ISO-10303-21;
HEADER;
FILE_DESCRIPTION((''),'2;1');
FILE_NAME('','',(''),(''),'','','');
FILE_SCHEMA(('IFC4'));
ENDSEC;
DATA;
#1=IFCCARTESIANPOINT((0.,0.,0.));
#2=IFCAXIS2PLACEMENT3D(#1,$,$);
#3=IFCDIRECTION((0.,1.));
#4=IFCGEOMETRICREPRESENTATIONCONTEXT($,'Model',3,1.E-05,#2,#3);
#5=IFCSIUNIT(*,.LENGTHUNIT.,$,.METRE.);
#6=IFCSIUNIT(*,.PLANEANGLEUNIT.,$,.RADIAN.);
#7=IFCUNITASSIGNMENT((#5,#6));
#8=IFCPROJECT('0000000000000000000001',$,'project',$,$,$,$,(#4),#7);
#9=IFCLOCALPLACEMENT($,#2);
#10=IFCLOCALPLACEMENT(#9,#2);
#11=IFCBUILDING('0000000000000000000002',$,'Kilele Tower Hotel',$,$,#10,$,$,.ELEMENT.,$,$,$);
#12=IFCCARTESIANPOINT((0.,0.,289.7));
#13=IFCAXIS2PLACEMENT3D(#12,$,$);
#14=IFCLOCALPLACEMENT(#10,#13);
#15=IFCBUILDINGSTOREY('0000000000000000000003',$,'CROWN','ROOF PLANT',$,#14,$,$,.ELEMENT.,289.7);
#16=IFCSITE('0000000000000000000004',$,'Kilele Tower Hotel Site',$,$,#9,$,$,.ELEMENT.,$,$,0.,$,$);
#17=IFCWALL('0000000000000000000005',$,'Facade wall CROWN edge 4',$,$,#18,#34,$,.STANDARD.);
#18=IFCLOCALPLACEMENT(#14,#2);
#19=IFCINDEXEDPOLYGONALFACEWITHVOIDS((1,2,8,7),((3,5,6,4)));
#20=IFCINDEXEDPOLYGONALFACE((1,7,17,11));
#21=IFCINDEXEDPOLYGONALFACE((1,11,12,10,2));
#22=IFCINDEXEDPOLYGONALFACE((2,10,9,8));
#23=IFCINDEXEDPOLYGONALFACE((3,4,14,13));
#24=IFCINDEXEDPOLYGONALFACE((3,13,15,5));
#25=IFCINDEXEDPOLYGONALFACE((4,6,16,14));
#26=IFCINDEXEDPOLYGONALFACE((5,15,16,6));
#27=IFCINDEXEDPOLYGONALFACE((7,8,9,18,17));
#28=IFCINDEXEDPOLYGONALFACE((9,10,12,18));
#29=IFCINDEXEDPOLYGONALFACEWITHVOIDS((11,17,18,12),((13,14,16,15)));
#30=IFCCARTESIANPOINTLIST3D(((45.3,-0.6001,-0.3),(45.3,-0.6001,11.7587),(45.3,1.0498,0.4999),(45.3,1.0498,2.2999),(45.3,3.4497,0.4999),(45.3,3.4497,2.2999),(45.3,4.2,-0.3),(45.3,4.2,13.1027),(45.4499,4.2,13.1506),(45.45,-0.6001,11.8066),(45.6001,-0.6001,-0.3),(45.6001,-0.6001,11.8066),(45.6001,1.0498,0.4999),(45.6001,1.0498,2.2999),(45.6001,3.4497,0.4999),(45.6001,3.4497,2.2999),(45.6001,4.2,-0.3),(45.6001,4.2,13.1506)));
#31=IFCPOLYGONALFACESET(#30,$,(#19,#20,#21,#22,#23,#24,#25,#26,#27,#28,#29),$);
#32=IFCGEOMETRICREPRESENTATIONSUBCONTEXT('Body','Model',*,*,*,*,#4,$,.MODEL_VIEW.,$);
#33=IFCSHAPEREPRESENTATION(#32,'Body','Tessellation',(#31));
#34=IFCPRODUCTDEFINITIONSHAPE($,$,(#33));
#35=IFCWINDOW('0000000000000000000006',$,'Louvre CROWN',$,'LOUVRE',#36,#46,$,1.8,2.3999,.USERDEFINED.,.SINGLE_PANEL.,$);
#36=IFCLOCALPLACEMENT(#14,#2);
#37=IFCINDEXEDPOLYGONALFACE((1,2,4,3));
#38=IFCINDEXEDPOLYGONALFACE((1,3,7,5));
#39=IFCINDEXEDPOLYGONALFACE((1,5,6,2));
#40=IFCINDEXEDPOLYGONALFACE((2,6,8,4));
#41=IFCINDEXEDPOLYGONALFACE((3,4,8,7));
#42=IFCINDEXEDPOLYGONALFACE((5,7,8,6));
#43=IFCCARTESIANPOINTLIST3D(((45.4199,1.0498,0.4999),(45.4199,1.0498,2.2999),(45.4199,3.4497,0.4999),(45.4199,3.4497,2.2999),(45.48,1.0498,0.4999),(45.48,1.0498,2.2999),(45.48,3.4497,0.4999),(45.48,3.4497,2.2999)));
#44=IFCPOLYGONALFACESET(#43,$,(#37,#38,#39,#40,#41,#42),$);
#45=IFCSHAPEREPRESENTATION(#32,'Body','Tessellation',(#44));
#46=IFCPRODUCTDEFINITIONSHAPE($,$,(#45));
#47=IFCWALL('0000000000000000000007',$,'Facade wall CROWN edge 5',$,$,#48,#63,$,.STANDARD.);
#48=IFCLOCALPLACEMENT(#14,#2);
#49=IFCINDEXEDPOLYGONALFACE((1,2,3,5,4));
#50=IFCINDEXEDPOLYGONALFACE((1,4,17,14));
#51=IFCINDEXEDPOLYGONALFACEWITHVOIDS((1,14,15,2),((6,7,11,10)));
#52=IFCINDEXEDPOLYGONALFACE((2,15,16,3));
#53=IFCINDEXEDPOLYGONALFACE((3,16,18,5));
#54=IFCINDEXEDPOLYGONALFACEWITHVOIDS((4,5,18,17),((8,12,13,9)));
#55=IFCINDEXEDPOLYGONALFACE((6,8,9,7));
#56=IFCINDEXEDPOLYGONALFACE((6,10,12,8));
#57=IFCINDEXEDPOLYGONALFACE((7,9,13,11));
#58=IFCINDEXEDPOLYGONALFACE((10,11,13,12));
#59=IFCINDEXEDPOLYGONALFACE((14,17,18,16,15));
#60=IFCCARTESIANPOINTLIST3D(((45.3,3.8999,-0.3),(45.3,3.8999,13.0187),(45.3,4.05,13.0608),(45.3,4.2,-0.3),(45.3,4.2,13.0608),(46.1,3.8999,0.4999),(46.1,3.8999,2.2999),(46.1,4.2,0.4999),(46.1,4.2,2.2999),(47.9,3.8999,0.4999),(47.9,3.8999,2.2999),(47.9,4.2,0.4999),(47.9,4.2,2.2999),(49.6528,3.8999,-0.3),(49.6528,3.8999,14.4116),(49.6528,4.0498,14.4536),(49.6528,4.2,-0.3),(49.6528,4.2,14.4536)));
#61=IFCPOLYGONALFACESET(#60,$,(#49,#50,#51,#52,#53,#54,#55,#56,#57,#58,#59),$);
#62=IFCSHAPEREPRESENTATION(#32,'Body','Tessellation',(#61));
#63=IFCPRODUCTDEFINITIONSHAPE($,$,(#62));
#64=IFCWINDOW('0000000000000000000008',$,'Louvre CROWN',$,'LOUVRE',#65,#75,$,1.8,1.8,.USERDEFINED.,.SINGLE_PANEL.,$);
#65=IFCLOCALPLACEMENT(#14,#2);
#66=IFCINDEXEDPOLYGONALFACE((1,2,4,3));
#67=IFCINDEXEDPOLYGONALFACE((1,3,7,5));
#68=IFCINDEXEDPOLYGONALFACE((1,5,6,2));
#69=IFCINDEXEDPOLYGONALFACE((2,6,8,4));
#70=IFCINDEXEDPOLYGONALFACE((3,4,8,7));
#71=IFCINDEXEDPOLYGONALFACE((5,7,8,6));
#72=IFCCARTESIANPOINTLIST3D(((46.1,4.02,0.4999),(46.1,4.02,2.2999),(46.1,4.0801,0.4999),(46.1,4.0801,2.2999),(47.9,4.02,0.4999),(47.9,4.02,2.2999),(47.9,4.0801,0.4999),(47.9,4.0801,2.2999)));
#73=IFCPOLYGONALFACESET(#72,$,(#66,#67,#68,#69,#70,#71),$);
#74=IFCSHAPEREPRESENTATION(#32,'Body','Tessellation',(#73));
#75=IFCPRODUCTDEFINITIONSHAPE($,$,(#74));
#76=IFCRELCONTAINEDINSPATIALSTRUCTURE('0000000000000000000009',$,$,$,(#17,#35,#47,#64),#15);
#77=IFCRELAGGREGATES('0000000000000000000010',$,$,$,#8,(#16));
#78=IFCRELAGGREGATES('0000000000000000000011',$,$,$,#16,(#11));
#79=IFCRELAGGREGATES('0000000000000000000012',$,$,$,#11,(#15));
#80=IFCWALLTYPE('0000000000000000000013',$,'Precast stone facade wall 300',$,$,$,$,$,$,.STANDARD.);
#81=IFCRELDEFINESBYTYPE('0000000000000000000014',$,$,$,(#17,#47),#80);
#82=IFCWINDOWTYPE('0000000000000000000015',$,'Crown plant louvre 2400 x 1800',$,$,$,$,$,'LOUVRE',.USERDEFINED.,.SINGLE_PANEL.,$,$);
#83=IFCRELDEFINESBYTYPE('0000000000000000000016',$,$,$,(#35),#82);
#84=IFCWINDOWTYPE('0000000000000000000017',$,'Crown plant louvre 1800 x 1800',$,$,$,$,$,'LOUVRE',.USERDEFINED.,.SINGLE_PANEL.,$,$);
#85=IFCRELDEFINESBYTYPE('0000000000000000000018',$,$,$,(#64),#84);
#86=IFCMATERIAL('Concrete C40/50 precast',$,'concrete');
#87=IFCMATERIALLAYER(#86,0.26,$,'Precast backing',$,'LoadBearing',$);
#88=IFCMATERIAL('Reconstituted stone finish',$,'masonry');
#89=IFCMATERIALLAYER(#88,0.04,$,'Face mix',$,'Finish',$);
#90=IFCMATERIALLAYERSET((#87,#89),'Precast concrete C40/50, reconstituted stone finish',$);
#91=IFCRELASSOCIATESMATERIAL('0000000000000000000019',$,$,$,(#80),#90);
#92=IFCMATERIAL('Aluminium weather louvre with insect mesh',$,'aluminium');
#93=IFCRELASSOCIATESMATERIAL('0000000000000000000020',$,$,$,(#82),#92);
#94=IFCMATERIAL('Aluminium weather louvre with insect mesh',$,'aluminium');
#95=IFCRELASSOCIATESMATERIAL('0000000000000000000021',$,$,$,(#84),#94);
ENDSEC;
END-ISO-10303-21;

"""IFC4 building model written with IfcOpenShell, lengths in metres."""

from ifc_helpers import new_model, si_unit, direction, frame, frame_2d, origin, place, context, subcontext, project, spatial, polyline, rectangle, outline, extrude, clip, halfspace, material, layer, layer_set, type_object, element, fill, save


model = new_model("IFC4")

# Units and contexts
model_context = context("Model", 3, precision=1e-05, world=origin(), true_north=direction((0.0, 1.0)))
body_context = subcontext(model_context, "Body", "Model", "MODEL_VIEW")
ifc_project = project(units=[si_unit("LENGTHUNIT", "METRE"), si_unit("PLANEANGLEUNIT", "RADIAN")], contexts=[model_context])

# Site, building, storey
site_placement = place(None, origin())
site = spatial("IfcSite", under=ifc_project, at=site_placement, Name="Kilele Tower Hotel Site", CompositionType="ELEMENT", RefElevation=0.0)
building_placement = place(site_placement, origin())
building = spatial("IfcBuilding", under=site, at=building_placement, Name="Kilele Tower Hotel", CompositionType="ELEMENT")
storey_placement = place(building_placement, frame((0.0, 0.0, 289.7)))
storey = spatial("IfcBuildingStorey", under=building, at=storey_placement, Name="CROWN", Description="ROOF PLANT", CompositionType="ELEMENT", Elevation=289.7)

# Walls, openings, windows
ifc_material_1 = material(Name="Concrete C40/50 precast", Category="concrete")
ifc_layer_1 = layer(ifc_material_1, 0.26, Name="Precast backing", Category="LoadBearing")
ifc_material_2 = material(Name="Reconstituted stone finish", Category="masonry")
ifc_layer_2 = layer(ifc_material_2, 0.04, Name="Face mix", Category="Finish")
ifc_layer_set_1 = layer_set([ifc_layer_1, ifc_layer_2], Name="Precast concrete C40/50, reconstituted stone finish")
wall_type_1 = type_object("IfcWallType", Name="Precast stone facade wall 300", PredefinedType="STANDARD", material=ifc_layer_set_1)
wall_1_placement = place(storey_placement, frame((45.45, -0.6001, -0.3), z_axis=(0.0, 0.0, 1.0), x_axis=(0.0, 1.0, 0.0)))
wall_1 = element("IfcWall", 1, at=wall_1_placement, inside=storey, type_object=wall_type_1, Name="Facade wall CROWN edge 4", PredefinedType="STANDARD", context=body_context, shape_type="Clipping", body=[
    clip(extrude(outline(polyline([(0.0, 0.0), (4.8, 0.0), (4.8, 13.4507), (0.0, 12.1067), (0.0, 0.0)])), frame((0.0, 0.1499, 0.0), z_axis=(0.0, -1.0, 0.0), x_axis=(1.0, 0.0, 0.0)), (0.0, 0.0, 1.0), 0.3), halfspace(frame((0.0, 0.0, 12.1067), z_axis=(-0.257674, 0.294484, 0.920263), x_axis=(0.962964, 0.0, 0.26963)), False)),
])
opening_1_placement = place(wall_1_placement, frame((1.6499, 0.0, 0.8)))
opening_1 = element("IfcOpeningElement", 2, at=opening_1_placement, cuts=wall_1, PredefinedType="OPENING", context=body_context, shape_type="SweptSolid", body=[
    extrude(rectangle(XDim=2.3999, YDim=1.8, at=frame_2d((1.2, 0.8999))), frame((0.0, 0.1599, 0.0), z_axis=(0.0, -1.0, 0.0), x_axis=(1.0, 0.0, 0.0)), (0.0, 0.0, 1.0), 0.3201),
])
ifc_material_3 = material(Name="Aluminium weather louvre with insect mesh", Category="aluminium")
window_type_1 = type_object("IfcWindowType", Name="Crown plant louvre 2400 x 1800", ElementType="LOUVRE", PartitioningType="SINGLE_PANEL", PredefinedType="USERDEFINED", material=ifc_material_3)
window_1_placement = place(opening_1_placement, origin())
window_1 = element("IfcWindow", 3, at=window_1_placement, inside=storey, type_object=window_type_1, Name="Louvre CROWN", ObjectType="LOUVRE", OverallHeight=1.8, OverallWidth=2.3999, PartitioningType="SINGLE_PANEL", PredefinedType="USERDEFINED", context=body_context, shape_type="SweptSolid", body=[
    extrude(rectangle(XDim=2.3999, YDim=1.8, at=frame_2d((1.2, 0.8999))), frame((0.0, 0.03, 0.0), z_axis=(0.0, -1.0, 0.0), x_axis=(1.0, 0.0, 0.0)), (0.0, 0.0, 1.0), 0.0601),
])
fill(opening_1, window_1)
wall_2_placement = place(storey_placement, frame((45.3, 4.05, -0.3), z_axis=(0.0, 0.0, 1.0), x_axis=(1.0, 0.0, 0.0)))
wall_2 = element("IfcWall", 4, at=wall_2_placement, inside=storey, type_object=wall_type_1, Name="Facade wall CROWN edge 5", PredefinedType="STANDARD", context=body_context, shape_type="Clipping", body=[
    clip(extrude(outline(polyline([(0.0, 0.0), (4.3528, 0.0), (4.3528, 14.7537), (0.0, 13.3608), (0.0, 0.0)])), frame((0.0, 0.1499, 0.0), z_axis=(0.0, -1.0, 0.0), x_axis=(1.0, 0.0, 0.0)), (0.0, 0.0, 1.0), 0.3), halfspace(frame((0.0, 0.0, 13.3608), z_axis=(-0.294484, -0.257674, 0.920263), x_axis=(0.952424, 0.0, 0.304776)), False)),
])
opening_2_placement = place(wall_2_placement, frame((0.8, 0.0, 0.8)))
opening_2 = element("IfcOpeningElement", 5, at=opening_2_placement, cuts=wall_2, PredefinedType="OPENING", context=body_context, shape_type="SweptSolid", body=[
    extrude(rectangle(XDim=1.8, YDim=1.8, at=frame_2d((0.8999, 0.8999))), frame((0.0, 0.1599, 0.0), z_axis=(0.0, -1.0, 0.0), x_axis=(1.0, 0.0, 0.0)), (0.0, 0.0, 1.0), 0.3201),
])
ifc_material_4 = material(Name="Aluminium weather louvre with insect mesh", Category="aluminium")
window_type_2 = type_object("IfcWindowType", Name="Crown plant louvre 1800 x 1800", ElementType="LOUVRE", PartitioningType="SINGLE_PANEL", PredefinedType="USERDEFINED", material=ifc_material_4)
window_2_placement = place(opening_2_placement, origin())
window_2 = element("IfcWindow", 6, at=window_2_placement, inside=storey, type_object=window_type_2, Name="Louvre CROWN", ObjectType="LOUVRE", OverallHeight=1.8, OverallWidth=1.8, PartitioningType="SINGLE_PANEL", PredefinedType="USERDEFINED", context=body_context, shape_type="SweptSolid", body=[
    extrude(rectangle(XDim=1.8, YDim=1.8, at=frame_2d((0.8999, 0.8999))), frame((0.0, 0.03, 0.0), z_axis=(0.0, -1.0, 0.0), x_axis=(1.0, 0.0, 0.0)), (0.0, 0.0, 1.0), 0.0601),
])
fill(opening_2, window_2)

save(model, "model.ifc")
